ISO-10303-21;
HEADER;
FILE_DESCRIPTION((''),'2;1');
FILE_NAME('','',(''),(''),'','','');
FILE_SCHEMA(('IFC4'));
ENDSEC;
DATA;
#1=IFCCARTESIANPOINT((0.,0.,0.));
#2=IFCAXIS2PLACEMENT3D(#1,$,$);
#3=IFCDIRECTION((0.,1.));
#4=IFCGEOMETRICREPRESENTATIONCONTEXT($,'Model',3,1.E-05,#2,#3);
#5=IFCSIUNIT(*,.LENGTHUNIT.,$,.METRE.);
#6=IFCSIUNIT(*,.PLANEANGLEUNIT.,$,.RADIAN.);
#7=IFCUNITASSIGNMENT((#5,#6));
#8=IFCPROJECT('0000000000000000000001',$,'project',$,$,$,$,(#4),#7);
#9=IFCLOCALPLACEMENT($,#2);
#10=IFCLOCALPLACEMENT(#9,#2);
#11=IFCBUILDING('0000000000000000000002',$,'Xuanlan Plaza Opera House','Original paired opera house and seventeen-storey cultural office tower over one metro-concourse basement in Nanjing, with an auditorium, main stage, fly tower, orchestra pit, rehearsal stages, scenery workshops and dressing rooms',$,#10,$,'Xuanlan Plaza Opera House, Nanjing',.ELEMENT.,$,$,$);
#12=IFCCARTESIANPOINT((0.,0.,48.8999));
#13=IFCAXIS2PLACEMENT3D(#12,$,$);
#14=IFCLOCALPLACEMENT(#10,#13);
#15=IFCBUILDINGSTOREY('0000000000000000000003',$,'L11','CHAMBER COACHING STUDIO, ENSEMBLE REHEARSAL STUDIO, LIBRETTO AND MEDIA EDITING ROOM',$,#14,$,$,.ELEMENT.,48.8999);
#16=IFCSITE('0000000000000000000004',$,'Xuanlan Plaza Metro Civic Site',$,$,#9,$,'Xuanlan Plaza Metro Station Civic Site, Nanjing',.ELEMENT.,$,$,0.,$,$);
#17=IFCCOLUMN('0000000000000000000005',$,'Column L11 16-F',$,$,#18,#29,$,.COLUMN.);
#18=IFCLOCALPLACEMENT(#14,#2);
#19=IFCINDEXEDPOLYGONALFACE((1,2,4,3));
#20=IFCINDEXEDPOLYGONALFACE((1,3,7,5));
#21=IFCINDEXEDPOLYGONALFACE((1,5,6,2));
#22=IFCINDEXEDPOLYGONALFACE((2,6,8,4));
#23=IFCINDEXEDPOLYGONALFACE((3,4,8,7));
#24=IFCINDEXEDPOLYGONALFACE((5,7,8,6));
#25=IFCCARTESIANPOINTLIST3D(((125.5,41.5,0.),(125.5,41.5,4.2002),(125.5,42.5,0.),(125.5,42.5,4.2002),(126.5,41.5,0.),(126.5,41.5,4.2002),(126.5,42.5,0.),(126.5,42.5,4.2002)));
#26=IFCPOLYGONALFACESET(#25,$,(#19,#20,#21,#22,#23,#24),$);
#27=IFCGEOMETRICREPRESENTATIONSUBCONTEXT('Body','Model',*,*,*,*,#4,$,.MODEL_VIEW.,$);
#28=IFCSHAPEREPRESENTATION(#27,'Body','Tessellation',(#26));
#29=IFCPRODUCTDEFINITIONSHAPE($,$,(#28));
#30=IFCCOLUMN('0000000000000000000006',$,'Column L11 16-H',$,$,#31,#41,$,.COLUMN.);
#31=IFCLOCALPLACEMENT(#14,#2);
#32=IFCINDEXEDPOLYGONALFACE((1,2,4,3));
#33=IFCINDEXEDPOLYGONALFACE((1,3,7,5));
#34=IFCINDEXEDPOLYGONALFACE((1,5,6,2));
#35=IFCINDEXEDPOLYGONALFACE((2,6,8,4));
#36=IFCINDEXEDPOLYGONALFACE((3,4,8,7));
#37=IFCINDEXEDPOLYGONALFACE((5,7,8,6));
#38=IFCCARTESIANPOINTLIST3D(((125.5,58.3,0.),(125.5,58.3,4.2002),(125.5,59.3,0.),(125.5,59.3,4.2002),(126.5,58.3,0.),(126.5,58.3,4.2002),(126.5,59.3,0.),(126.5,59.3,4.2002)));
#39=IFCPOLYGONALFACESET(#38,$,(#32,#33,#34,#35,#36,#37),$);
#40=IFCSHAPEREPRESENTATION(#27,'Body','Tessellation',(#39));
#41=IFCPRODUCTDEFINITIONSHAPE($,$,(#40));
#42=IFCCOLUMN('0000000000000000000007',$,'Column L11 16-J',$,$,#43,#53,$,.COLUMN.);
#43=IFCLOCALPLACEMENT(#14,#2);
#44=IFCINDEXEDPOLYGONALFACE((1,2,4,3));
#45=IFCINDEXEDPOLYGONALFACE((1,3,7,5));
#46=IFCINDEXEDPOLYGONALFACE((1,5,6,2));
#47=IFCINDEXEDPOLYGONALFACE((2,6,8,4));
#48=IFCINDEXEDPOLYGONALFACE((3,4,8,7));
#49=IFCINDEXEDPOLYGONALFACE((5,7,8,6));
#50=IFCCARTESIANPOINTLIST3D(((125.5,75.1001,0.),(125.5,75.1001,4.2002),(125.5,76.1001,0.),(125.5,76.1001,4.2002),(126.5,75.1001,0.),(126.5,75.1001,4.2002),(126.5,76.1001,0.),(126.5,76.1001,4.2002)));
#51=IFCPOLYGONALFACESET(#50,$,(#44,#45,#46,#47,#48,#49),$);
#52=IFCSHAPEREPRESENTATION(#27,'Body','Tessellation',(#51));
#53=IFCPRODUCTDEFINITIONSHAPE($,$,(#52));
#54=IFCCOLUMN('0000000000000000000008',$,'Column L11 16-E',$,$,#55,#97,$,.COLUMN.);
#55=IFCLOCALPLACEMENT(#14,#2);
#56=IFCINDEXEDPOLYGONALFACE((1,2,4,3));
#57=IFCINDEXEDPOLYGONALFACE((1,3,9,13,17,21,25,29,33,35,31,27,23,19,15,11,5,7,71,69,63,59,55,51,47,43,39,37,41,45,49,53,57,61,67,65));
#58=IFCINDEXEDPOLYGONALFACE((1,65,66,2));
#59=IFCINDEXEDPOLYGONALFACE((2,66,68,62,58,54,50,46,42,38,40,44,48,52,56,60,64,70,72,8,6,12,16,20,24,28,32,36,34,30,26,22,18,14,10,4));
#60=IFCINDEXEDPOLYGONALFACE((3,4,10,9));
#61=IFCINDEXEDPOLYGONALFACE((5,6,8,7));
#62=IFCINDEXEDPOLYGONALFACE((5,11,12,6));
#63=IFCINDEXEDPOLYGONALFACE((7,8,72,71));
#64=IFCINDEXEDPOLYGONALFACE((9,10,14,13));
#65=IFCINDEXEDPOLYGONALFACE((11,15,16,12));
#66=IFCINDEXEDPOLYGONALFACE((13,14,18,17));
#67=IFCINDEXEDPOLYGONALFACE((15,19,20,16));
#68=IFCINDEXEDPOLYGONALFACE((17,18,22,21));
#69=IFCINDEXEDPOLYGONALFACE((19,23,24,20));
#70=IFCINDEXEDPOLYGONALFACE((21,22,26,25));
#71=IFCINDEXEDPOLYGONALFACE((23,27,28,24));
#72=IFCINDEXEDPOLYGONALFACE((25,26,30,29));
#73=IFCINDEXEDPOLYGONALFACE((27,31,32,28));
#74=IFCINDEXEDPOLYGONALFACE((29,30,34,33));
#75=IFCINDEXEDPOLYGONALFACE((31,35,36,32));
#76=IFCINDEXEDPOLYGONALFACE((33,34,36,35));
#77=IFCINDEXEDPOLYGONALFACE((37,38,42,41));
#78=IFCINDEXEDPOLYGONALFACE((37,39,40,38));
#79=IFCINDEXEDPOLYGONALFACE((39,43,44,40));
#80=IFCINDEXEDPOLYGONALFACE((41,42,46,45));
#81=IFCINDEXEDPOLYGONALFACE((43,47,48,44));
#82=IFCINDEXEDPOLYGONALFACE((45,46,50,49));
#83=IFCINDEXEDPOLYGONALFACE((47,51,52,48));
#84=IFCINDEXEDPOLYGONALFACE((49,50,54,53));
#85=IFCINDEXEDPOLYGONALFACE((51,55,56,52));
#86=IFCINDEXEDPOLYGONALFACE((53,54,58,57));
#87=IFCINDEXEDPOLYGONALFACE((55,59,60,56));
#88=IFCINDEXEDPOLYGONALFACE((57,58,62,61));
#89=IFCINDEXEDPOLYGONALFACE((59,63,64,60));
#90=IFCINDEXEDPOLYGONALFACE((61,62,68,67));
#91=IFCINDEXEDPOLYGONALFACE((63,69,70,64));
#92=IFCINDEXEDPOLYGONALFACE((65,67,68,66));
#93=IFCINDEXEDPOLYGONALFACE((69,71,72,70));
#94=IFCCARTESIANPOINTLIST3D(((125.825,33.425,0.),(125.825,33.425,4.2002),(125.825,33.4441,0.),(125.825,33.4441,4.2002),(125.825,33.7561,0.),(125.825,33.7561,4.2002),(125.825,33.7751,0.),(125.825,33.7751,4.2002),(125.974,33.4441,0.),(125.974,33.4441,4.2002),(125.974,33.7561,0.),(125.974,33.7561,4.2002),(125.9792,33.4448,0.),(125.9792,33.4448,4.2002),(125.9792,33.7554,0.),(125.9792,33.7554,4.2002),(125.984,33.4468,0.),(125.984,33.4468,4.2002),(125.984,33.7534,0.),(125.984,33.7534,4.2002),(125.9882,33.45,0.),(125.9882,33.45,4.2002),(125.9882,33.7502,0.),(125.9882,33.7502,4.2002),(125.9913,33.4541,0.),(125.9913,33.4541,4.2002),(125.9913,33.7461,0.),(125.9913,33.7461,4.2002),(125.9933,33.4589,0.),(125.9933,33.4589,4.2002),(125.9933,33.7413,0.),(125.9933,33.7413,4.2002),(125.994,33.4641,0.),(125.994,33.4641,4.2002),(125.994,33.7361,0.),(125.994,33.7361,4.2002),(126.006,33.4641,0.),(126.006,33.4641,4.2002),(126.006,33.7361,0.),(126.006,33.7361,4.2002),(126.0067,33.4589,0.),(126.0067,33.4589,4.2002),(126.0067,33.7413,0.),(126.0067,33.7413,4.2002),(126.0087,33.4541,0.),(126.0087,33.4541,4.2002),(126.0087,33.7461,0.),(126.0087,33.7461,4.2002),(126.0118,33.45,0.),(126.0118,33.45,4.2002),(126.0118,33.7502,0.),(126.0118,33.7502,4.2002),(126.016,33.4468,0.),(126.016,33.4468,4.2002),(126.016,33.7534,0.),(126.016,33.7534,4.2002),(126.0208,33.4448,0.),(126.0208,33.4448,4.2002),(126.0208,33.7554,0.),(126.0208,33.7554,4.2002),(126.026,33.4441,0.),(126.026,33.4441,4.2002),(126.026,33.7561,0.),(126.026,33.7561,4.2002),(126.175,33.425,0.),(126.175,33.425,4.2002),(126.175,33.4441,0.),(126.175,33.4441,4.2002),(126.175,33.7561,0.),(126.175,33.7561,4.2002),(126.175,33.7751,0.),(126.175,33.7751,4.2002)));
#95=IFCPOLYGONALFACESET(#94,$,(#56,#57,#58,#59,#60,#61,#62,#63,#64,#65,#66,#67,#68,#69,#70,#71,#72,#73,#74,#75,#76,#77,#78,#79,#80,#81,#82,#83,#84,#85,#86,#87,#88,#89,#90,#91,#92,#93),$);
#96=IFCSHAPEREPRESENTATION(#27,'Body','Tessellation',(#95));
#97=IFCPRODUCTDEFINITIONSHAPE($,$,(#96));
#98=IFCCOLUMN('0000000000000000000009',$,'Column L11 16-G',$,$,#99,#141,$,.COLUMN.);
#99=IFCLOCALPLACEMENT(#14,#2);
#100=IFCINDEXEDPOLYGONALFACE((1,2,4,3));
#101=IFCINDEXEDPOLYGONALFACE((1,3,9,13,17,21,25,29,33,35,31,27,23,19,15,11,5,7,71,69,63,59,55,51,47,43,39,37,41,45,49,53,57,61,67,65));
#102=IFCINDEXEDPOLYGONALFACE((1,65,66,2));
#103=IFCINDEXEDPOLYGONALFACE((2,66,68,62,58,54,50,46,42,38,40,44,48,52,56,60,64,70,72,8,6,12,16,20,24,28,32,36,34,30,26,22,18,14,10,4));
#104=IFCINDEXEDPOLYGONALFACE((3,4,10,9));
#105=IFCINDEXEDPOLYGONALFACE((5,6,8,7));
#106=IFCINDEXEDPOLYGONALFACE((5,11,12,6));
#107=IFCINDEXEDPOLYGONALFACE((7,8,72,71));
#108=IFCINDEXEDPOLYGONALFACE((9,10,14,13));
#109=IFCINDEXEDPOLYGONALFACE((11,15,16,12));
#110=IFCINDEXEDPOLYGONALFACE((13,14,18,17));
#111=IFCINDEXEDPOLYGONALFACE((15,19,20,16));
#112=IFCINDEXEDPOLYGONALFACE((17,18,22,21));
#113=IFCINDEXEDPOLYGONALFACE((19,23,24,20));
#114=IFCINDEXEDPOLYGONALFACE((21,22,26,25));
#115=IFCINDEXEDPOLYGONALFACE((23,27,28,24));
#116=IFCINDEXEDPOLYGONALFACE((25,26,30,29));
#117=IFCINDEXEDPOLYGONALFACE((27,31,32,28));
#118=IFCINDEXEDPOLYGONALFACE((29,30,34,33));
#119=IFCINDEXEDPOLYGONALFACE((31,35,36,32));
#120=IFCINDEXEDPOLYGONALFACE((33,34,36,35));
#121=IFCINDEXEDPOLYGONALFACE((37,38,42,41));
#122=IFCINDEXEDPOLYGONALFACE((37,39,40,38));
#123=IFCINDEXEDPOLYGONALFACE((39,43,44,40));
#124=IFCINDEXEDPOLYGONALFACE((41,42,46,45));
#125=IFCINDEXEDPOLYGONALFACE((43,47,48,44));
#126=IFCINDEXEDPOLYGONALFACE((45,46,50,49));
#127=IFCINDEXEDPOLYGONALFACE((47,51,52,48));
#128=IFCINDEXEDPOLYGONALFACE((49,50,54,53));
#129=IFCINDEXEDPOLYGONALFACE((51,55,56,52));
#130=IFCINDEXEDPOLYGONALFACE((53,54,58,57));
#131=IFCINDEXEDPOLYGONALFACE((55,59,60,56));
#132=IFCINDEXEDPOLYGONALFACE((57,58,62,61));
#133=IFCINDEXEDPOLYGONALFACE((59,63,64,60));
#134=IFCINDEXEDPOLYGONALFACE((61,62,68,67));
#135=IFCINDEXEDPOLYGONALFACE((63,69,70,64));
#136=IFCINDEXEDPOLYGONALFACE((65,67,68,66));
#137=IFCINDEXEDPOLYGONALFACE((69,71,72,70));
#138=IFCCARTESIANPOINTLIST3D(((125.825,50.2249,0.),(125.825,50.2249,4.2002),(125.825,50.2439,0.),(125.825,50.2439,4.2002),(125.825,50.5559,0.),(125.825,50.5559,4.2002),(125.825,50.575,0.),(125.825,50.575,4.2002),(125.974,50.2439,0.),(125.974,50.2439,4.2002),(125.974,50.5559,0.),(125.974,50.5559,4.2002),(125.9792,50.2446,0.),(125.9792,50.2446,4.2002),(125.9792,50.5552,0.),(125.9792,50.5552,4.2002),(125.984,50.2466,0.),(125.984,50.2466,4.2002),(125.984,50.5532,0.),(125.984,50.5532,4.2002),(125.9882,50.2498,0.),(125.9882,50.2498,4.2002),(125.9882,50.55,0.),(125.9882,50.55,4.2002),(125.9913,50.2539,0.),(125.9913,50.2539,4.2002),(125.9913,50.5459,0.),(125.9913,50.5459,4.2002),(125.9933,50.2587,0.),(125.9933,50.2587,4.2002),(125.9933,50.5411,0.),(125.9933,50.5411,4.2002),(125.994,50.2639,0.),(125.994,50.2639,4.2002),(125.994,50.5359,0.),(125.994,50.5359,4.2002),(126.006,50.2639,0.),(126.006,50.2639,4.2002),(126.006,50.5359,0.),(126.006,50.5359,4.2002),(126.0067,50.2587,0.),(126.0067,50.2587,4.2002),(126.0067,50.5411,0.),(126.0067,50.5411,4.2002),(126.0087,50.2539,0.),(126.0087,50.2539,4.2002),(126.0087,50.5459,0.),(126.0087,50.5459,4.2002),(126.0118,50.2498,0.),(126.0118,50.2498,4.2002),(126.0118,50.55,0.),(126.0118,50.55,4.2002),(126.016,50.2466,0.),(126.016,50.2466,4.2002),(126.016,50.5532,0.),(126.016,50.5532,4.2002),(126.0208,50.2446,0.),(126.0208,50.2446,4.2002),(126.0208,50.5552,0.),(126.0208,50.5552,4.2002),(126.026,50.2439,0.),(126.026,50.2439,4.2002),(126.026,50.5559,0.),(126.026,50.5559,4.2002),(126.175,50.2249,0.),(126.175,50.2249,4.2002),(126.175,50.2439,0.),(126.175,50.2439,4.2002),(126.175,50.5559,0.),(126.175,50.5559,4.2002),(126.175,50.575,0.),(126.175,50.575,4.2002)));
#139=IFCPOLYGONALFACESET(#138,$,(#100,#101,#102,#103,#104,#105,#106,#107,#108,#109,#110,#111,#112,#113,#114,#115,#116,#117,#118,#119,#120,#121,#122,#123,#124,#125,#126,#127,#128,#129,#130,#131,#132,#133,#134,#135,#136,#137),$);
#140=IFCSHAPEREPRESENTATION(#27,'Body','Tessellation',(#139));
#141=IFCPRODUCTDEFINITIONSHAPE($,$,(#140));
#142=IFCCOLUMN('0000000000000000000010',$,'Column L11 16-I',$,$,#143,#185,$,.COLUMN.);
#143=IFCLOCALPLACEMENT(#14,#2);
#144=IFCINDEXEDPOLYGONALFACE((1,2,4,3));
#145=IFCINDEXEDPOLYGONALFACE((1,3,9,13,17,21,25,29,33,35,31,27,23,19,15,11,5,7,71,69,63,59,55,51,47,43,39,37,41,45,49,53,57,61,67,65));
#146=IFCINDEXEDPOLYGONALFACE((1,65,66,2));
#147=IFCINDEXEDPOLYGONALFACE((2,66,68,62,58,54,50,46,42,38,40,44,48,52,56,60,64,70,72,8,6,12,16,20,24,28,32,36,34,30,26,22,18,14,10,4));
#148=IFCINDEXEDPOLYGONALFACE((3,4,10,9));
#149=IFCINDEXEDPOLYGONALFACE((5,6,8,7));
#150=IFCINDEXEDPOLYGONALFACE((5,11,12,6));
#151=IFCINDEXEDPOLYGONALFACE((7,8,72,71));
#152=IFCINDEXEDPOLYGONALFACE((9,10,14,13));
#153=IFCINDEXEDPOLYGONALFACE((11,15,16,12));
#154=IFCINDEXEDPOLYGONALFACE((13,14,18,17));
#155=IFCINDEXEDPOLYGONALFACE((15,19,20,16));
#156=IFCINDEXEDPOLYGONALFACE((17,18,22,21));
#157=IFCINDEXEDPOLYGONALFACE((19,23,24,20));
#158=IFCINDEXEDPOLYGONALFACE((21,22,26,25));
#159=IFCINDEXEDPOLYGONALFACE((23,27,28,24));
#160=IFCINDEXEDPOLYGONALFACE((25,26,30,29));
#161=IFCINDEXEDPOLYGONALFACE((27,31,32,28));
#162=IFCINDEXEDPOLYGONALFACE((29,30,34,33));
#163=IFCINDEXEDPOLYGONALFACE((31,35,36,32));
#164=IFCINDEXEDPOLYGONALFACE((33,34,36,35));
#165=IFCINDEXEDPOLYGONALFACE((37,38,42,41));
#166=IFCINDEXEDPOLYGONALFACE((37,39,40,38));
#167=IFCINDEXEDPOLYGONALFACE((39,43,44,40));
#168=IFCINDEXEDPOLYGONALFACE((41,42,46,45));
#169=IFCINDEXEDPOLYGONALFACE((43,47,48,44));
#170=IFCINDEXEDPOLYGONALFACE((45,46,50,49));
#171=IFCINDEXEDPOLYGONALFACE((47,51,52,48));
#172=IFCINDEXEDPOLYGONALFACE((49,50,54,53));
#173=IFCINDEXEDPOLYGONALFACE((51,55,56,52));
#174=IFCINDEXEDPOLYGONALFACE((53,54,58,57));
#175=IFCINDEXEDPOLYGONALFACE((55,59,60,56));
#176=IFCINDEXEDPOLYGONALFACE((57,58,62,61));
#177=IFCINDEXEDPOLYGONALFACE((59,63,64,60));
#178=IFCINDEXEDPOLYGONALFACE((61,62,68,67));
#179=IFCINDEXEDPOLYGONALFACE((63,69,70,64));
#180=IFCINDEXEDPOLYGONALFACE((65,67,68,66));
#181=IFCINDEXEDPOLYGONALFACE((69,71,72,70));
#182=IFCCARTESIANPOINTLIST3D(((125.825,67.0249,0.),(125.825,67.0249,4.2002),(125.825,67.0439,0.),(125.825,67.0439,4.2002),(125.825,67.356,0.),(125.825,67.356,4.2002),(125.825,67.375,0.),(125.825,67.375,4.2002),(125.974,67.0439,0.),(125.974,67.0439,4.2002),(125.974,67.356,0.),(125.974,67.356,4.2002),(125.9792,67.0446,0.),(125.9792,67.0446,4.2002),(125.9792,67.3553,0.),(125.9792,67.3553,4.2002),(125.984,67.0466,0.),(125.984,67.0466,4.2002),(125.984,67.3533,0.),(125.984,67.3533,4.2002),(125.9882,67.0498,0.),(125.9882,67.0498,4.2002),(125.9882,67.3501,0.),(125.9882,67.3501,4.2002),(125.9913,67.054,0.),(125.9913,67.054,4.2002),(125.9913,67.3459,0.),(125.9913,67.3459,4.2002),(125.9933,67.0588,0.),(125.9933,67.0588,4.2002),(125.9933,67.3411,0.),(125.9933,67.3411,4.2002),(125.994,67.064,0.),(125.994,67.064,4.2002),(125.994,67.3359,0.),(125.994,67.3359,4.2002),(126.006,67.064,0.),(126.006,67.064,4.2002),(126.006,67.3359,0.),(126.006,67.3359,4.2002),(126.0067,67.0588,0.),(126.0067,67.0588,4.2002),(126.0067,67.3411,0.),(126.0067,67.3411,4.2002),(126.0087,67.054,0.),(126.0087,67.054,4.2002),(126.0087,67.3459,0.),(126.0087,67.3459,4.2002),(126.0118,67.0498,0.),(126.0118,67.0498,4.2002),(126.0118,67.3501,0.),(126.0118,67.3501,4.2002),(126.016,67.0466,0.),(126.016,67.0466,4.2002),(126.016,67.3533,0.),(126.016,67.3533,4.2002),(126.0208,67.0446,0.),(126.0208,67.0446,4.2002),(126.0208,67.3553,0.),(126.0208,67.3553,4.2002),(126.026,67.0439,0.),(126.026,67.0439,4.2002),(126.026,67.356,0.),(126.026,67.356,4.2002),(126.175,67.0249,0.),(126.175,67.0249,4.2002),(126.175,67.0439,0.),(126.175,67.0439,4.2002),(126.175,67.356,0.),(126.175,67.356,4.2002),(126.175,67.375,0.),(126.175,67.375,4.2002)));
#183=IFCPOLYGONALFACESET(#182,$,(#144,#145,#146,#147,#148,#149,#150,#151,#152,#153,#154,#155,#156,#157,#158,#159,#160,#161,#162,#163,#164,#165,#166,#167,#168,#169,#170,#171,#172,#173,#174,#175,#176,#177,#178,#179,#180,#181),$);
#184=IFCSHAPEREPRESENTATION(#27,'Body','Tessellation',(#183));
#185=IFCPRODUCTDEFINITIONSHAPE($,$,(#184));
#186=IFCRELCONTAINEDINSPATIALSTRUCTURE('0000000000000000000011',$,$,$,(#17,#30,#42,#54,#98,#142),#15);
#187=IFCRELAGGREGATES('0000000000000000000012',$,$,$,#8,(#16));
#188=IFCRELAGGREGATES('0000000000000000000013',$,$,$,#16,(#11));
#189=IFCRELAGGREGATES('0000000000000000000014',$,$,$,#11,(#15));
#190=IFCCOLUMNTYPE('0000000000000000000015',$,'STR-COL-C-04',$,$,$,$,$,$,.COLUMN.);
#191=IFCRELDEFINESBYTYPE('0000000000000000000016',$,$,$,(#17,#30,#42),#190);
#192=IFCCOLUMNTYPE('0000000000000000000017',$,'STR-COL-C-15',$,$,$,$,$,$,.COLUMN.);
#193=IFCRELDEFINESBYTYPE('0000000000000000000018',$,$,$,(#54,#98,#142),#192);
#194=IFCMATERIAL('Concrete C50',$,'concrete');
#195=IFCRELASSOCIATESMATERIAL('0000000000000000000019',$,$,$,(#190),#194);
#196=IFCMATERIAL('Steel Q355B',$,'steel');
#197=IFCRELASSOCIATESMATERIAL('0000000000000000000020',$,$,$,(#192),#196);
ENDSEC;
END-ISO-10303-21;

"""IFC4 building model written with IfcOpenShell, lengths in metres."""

from ifc_helpers import new_model, si_unit, direction, frame, origin, origin_2d, place, context, subcontext, project, spatial, rectangle, i_section, extrude, material, material_profile, profile_set, type_object, element, save


model = new_model("IFC4")

# Units and contexts
model_context = context("Model", 3, precision=1e-05, world=origin(), true_north=direction((0.0, 1.0)))
body_context = subcontext(model_context, "Body", "Model", "MODEL_VIEW")
ifc_project = project(units=[si_unit("LENGTHUNIT", "METRE"), si_unit("PLANEANGLEUNIT", "RADIAN")], contexts=[model_context])

# Site, building, storey
site_placement = place(None, origin())
site = spatial("IfcSite", under=ifc_project, at=site_placement, Name="Xuanlan Plaza Metro Civic Site", LongName="Xuanlan Plaza Metro Station Civic Site, Nanjing", CompositionType="ELEMENT", RefElevation=0.0)
building_placement = place(site_placement, origin())
building = spatial("IfcBuilding", under=site, at=building_placement, Name="Xuanlan Plaza Opera House", Description="Original paired opera house and seventeen-storey cultural office tower over one metro-concourse basement in Nanjing, with an auditorium, main stage, fly tower, orchestra pit, rehearsal stages, scenery workshops and dressing rooms", LongName="Xuanlan Plaza Opera House, Nanjing", CompositionType="ELEMENT")
storey_placement = place(building_placement, frame((0.0, 0.0, 48.8999)))
storey = spatial("IfcBuildingStorey", under=building, at=storey_placement, Name="L11", Description="CHAMBER COACHING STUDIO, ENSEMBLE REHEARSAL STUDIO, LIBRETTO AND MEDIA EDITING ROOM", CompositionType="ELEMENT", Elevation=48.8999)

# Columns
ifc_material_1 = material(Name="Concrete C50", Category="concrete")
ifc_material_profile_1 = material_profile(ifc_material_1, rectangle(XDim=1.0, YDim=1.0, at=origin_2d()), Name="RC-COL 1000x1000")
ifc_profile_set_1 = profile_set([ifc_material_profile_1], Name="Concrete C50")
column_type_1 = type_object("IfcColumnType", Name="STR-COL-C-04", PredefinedType="COLUMN", material=ifc_profile_set_1)
for number, where, z_axis, x_axis, name in (
    (1, (126.0, 42.0, 0.0), (0.0, 0.0, 1.0), (1.0, 0.0, 0.0), "Column L11 16-F"),
    (2, (126.0, 58.8, 0.0), (0.0, 0.0, 1.0), (1.0, 0.0, 0.0), "Column L11 16-H"),
    (3, (126.0, 75.6001, 0.0), (0.0, 0.0, 1.0), (1.0, 0.0, 0.0), "Column L11 16-J"),
):
    element("IfcColumn", number, at=place(storey_placement, frame(where, z_axis=z_axis, x_axis=x_axis)), inside=storey, type_object=column_type_1, Name=name, PredefinedType="COLUMN", context=body_context, shape_type="SweptSolid", body=[
        extrude(rectangle(XDim=1.0, YDim=1.0, at=origin_2d()), origin(), (0.0, 0.0, 1.0), 4.2002),
    ])
ifc_material_2 = material(Name="Steel Q355B", Category="steel")
ifc_material_profile_2 = material_profile(ifc_material_2, i_section(OverallWidth=0.3501, OverallDepth=0.3501, WebThickness=0.012, FlangeThickness=0.019, FilletRadius=0.02, at=origin_2d()), Name="HW 350x350x12x19")
ifc_profile_set_2 = profile_set([ifc_material_profile_2], Name="Steel Q355B")
column_type_2 = type_object("IfcColumnType", Name="STR-COL-C-15", PredefinedType="COLUMN", material=ifc_profile_set_2)
for number, where, z_axis, x_axis, name in (
    (4, (126.0, 33.6001, 0.0), (0.0, 0.0, 1.0), (1.0, 0.0, 0.0), "Column L11 16-E"),
    (5, (126.0, 50.3999, 0.0), (0.0, 0.0, 1.0), (1.0, 0.0, 0.0), "Column L11 16-G"),
    (6, (126.0, 67.2, 0.0), (0.0, 0.0, 1.0), (1.0, 0.0, 0.0), "Column L11 16-I"),
):
    element("IfcColumn", number, at=place(storey_placement, frame(where, z_axis=z_axis, x_axis=x_axis)), inside=storey, type_object=column_type_2, Name=name, PredefinedType="COLUMN", context=body_context, shape_type="SweptSolid", body=[
        extrude(i_section(OverallWidth=0.3501, OverallDepth=0.3501, WebThickness=0.012, FlangeThickness=0.019, FilletRadius=0.02, at=origin_2d()), origin(), (0.0, 0.0, 1.0), 4.2002),
    ])

save(model, "model.ifc")
